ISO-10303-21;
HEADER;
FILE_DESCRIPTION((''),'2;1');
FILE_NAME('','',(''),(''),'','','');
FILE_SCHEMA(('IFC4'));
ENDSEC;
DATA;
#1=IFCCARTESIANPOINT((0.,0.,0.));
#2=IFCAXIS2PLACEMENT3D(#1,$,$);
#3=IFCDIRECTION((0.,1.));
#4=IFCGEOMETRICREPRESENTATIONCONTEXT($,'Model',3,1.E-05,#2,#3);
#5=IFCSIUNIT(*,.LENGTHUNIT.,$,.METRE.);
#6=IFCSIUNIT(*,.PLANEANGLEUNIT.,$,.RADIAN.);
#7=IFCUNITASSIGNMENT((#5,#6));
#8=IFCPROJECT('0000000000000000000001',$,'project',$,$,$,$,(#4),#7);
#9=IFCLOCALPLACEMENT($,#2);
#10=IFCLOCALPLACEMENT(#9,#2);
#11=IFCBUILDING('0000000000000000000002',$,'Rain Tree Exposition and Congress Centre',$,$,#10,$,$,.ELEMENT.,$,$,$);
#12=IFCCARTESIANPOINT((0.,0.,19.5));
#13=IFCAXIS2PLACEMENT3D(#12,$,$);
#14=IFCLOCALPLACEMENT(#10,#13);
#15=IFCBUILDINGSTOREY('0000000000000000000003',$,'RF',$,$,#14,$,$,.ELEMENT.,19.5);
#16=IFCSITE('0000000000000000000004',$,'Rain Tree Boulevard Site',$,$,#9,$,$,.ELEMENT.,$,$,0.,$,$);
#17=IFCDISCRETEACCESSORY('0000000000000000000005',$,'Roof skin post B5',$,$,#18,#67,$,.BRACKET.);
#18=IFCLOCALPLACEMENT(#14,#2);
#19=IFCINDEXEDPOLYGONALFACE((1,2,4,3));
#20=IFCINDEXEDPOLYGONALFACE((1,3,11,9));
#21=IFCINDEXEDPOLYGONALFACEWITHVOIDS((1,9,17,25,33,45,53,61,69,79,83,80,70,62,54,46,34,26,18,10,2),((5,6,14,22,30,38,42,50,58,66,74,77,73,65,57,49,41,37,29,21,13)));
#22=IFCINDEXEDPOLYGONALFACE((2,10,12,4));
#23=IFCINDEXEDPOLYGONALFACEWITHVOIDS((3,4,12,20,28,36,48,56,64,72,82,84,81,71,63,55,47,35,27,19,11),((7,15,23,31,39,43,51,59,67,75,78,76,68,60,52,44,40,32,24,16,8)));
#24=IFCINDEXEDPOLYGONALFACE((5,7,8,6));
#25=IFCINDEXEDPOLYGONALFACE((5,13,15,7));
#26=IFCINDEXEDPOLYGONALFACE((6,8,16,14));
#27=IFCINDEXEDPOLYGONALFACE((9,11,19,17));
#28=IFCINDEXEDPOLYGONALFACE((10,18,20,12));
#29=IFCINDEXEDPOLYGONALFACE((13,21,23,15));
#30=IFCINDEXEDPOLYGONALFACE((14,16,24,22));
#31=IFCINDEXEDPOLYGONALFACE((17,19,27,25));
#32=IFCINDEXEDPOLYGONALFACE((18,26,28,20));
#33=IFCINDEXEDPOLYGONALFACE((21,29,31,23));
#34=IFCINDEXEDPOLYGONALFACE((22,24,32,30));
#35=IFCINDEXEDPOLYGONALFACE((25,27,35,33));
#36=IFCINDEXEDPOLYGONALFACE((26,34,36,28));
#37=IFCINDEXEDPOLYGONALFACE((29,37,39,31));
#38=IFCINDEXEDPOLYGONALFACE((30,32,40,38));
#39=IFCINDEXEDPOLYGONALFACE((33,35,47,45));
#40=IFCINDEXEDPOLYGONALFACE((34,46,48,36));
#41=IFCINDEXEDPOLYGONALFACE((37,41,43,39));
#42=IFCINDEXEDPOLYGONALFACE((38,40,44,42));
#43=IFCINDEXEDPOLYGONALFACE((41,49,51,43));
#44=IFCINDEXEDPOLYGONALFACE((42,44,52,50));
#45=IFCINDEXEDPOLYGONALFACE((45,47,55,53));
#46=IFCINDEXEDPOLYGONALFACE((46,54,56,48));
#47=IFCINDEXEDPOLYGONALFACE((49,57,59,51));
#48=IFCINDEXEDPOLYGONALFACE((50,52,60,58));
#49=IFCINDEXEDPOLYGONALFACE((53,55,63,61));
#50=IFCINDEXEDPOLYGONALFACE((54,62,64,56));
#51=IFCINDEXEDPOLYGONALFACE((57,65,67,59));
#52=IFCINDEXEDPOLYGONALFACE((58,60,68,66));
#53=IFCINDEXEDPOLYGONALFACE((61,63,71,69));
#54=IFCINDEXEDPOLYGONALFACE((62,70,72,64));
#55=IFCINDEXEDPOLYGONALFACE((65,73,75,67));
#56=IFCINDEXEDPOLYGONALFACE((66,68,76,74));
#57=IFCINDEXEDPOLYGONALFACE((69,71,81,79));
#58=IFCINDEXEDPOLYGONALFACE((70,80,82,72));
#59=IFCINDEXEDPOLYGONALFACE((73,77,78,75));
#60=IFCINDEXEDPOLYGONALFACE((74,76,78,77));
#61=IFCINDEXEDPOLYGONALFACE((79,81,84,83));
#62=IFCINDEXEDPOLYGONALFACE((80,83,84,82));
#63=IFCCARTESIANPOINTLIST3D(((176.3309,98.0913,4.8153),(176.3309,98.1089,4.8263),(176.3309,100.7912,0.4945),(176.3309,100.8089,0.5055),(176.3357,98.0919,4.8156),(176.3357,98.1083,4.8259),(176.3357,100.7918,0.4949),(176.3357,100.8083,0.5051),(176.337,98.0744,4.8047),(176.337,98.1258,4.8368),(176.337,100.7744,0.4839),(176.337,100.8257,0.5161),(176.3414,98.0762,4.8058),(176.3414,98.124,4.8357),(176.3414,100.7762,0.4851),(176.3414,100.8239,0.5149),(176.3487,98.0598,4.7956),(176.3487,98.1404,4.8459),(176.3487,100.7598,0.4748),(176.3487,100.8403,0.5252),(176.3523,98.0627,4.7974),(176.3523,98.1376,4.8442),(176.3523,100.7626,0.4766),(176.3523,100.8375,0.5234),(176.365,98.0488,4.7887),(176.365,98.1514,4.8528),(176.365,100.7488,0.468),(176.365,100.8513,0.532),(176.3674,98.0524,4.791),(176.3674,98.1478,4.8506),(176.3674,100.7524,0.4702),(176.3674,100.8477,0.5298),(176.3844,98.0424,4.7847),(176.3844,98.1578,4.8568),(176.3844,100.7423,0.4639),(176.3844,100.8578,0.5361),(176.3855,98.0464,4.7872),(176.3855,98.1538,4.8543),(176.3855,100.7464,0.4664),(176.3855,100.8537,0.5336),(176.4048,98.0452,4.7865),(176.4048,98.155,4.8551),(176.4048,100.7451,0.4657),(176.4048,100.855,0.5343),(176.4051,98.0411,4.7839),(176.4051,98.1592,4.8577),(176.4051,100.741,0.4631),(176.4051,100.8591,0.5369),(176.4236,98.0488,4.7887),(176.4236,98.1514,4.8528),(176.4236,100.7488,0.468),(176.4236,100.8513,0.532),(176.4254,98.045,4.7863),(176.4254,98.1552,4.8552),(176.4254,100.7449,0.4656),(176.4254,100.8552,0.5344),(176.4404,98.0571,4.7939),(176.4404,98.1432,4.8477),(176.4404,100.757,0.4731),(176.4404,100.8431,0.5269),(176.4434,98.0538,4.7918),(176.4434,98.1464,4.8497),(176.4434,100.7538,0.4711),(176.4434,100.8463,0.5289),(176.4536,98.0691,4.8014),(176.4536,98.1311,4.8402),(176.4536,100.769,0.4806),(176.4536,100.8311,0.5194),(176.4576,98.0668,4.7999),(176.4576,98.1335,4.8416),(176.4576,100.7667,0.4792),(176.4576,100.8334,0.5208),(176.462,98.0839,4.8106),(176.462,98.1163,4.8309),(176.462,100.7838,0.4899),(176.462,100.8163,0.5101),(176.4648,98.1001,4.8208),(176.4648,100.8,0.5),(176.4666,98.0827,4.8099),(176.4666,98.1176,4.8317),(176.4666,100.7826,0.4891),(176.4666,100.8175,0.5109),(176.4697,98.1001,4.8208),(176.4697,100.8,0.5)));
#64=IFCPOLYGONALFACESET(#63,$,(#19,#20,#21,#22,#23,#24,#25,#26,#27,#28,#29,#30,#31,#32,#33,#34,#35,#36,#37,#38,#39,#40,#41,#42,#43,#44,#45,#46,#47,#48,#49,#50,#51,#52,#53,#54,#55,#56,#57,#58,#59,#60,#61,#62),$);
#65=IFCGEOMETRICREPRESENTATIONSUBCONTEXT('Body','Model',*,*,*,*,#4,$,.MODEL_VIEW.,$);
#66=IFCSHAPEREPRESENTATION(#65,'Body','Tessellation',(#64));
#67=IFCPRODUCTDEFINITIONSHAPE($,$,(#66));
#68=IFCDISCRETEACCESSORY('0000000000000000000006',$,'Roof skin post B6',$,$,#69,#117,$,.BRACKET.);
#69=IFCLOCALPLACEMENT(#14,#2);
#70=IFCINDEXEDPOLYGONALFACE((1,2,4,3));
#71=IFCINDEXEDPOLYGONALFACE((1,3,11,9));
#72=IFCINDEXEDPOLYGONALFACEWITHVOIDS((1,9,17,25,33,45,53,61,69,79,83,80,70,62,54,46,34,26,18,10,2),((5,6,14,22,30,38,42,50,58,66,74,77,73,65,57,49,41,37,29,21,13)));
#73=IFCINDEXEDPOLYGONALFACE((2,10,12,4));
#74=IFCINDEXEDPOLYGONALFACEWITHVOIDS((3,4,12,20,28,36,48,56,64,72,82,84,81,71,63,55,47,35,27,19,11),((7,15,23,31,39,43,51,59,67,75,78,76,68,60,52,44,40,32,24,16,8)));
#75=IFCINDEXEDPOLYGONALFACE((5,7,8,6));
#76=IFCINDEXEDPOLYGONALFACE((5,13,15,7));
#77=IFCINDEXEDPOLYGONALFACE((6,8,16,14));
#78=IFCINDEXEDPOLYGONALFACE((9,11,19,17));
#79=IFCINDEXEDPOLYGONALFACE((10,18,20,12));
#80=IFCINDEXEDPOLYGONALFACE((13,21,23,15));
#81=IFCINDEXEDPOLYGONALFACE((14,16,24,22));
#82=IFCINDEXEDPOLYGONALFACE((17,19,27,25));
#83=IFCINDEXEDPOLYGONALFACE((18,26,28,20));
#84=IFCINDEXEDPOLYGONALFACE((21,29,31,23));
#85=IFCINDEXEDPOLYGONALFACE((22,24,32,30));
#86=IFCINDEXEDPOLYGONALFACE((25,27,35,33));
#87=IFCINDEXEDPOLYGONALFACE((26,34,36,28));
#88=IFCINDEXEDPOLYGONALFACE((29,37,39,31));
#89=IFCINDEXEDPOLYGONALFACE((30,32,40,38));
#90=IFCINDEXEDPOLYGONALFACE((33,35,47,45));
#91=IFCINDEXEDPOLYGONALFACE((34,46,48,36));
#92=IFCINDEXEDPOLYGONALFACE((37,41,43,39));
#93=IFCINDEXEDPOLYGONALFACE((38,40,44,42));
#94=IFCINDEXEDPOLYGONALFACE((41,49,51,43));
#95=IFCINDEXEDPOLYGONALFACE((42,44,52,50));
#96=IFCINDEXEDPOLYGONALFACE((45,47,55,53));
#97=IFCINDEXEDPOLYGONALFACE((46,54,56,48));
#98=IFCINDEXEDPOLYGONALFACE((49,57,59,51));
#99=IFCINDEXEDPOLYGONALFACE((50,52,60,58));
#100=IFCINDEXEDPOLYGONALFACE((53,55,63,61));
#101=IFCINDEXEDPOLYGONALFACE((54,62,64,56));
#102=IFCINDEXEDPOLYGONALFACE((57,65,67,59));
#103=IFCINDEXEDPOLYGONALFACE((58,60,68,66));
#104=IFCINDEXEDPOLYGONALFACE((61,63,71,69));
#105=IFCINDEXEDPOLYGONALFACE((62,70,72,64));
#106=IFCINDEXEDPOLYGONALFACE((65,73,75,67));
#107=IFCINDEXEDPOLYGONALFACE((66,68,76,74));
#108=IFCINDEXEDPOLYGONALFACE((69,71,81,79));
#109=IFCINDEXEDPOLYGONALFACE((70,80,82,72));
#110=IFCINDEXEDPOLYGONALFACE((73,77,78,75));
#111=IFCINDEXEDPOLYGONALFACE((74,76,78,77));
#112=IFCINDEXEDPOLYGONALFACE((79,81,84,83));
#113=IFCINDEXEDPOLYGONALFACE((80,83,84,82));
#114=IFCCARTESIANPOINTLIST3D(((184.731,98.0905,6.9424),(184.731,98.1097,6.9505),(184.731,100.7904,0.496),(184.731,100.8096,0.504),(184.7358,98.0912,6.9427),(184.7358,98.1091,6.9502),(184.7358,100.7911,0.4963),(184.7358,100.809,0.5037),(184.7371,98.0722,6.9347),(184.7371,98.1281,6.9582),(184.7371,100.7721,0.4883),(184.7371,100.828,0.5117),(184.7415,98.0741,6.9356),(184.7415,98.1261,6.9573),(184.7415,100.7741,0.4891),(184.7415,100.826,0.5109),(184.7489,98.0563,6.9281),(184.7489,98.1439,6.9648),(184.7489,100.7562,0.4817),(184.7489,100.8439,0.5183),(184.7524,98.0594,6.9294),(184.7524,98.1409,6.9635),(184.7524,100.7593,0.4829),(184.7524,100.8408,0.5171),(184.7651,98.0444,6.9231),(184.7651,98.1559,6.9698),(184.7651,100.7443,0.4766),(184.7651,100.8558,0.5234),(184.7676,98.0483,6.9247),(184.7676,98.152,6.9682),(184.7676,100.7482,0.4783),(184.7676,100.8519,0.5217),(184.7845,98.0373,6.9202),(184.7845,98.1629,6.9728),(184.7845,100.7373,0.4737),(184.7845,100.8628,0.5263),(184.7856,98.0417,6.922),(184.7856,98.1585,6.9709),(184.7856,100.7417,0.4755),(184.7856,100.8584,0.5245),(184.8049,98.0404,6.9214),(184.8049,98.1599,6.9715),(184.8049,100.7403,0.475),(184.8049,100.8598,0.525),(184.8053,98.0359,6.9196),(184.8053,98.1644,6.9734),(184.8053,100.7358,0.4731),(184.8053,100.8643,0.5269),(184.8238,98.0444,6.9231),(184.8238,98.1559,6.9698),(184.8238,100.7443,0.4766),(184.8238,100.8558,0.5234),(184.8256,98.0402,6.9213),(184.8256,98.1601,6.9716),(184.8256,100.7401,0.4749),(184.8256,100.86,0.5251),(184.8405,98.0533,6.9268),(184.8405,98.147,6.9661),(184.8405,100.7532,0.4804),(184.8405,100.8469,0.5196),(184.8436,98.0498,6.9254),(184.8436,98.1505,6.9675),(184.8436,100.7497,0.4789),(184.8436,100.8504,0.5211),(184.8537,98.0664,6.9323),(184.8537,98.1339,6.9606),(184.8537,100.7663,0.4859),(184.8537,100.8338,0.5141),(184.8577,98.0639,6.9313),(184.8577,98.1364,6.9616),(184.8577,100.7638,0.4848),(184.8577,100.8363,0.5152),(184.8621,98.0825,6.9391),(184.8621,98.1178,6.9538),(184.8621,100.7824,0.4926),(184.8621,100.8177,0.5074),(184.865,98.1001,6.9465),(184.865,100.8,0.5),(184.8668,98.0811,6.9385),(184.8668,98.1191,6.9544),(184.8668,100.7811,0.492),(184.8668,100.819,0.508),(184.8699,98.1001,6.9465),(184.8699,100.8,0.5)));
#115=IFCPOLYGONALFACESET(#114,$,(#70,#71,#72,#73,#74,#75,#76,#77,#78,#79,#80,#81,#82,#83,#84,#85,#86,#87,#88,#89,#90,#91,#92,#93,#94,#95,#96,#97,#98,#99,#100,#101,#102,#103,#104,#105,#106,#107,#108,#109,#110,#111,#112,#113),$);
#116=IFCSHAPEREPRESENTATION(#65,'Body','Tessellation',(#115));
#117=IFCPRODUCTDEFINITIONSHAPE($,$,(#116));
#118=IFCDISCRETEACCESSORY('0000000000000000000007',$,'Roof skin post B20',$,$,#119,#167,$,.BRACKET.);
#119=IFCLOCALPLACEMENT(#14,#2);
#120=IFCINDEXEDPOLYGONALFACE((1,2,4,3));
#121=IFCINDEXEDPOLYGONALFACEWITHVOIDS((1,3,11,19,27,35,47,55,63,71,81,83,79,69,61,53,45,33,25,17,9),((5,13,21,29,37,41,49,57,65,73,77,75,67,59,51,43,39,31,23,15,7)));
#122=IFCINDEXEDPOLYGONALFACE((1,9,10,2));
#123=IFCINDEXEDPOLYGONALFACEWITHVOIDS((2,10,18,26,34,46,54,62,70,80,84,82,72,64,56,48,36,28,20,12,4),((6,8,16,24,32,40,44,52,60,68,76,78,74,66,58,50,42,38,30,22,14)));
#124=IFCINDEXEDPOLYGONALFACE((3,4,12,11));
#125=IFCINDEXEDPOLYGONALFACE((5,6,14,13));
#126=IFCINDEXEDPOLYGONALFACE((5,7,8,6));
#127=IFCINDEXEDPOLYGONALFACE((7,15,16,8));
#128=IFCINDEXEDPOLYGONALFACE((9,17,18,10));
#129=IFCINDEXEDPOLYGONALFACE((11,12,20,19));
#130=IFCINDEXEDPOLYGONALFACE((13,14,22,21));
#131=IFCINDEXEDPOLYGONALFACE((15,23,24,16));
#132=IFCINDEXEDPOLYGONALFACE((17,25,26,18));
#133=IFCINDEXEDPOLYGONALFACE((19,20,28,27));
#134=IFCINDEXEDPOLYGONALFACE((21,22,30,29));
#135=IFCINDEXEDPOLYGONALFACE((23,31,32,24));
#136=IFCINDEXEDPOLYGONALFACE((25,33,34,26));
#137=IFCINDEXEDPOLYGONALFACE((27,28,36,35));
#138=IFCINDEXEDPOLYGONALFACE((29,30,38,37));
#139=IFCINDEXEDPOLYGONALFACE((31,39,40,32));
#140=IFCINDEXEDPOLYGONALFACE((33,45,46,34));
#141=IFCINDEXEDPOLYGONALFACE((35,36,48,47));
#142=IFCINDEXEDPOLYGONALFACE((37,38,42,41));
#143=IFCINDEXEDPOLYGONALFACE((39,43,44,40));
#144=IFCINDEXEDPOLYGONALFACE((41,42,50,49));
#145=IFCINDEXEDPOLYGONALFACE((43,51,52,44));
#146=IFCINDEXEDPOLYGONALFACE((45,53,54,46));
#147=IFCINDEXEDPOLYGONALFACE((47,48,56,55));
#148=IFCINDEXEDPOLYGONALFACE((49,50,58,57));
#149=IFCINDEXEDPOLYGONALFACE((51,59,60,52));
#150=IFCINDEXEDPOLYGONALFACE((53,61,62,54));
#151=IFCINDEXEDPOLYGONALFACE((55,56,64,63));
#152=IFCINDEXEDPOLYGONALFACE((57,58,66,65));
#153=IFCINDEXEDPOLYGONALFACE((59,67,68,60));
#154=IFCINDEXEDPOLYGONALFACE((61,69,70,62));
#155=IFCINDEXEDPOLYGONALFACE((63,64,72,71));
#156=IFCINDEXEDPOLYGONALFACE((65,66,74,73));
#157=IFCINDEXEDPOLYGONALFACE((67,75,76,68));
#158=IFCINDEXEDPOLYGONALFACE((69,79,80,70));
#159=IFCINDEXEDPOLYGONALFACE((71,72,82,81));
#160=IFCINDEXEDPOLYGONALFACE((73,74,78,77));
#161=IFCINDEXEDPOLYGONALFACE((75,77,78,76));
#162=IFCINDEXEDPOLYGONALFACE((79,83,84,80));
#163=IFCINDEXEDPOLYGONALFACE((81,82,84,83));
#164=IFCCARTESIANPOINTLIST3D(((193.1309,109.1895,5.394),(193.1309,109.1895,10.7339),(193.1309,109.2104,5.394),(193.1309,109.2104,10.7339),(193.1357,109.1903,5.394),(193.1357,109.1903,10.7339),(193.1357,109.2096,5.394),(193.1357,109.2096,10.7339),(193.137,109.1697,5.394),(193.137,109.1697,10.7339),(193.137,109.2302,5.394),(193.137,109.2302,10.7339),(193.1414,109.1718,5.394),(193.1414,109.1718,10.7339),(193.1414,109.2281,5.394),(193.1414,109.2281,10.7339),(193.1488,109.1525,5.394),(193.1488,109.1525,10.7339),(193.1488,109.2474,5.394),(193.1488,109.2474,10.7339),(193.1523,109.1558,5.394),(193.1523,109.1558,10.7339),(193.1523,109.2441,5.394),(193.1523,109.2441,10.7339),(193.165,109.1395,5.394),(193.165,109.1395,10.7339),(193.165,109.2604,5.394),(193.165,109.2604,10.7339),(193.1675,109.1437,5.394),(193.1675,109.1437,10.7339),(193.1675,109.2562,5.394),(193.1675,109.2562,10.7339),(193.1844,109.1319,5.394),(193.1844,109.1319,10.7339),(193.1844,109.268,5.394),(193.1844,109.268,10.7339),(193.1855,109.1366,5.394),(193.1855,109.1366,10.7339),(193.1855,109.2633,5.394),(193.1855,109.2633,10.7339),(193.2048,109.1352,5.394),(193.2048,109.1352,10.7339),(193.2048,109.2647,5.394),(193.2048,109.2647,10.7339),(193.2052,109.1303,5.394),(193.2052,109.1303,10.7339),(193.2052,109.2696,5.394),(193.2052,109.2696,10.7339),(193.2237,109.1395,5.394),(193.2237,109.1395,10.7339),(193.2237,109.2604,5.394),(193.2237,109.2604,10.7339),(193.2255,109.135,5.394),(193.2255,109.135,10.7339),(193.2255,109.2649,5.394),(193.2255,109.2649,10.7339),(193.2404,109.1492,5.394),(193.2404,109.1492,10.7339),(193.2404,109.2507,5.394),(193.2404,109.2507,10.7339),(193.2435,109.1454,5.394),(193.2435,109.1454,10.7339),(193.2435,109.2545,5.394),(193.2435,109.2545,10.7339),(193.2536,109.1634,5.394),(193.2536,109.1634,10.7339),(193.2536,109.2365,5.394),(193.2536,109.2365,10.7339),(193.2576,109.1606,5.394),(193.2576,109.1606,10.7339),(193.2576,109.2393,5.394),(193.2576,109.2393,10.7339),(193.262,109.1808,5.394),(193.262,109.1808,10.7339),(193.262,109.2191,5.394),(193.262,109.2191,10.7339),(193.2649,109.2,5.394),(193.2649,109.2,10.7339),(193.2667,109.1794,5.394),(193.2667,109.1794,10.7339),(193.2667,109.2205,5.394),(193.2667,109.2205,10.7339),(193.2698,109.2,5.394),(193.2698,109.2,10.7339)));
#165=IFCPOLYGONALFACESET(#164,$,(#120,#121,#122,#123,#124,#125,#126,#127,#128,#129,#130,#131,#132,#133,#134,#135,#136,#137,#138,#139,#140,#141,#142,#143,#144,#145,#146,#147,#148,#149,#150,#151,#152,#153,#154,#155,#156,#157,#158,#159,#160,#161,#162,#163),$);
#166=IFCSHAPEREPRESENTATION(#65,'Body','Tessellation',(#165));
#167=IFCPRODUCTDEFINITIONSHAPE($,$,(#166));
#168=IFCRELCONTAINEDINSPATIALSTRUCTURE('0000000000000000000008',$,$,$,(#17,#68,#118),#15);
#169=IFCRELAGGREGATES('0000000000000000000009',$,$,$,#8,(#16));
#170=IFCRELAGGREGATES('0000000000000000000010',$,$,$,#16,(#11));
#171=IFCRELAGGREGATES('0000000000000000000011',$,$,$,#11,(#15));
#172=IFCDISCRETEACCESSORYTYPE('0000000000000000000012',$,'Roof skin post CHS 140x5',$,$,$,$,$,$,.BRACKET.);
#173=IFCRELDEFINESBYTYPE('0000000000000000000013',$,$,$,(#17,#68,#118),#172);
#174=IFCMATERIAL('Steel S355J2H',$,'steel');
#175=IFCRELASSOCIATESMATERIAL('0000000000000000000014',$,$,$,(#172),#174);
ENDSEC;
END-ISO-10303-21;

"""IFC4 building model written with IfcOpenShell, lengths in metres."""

from ifc_helpers import new_model, si_unit, direction, frame, origin, origin_2d, place, context, subcontext, project, spatial, hollow_circle, extrude, material, material_profile, profile_set, type_object, element, save


model = new_model("IFC4")

# Units and contexts
model_context = context("Model", 3, precision=1e-05, world=origin(), true_north=direction((0.0, 1.0)))
body_context = subcontext(model_context, "Body", "Model", "MODEL_VIEW")
ifc_project = project(units=[si_unit("LENGTHUNIT", "METRE"), si_unit("PLANEANGLEUNIT", "RADIAN")], contexts=[model_context])

# Site, building, storey
site_placement = place(None, origin())
site = spatial("IfcSite", under=ifc_project, at=site_placement, Name="Rain Tree Boulevard Site", CompositionType="ELEMENT", RefElevation=0.0)
building_placement = place(site_placement, origin())
building = spatial("IfcBuilding", under=site, at=building_placement, Name="Rain Tree Exposition and Congress Centre", CompositionType="ELEMENT")
storey_placement = place(building_placement, frame((0.0, 0.0, 19.5)))
storey = spatial("IfcBuildingStorey", under=building, at=storey_placement, Name="RF", CompositionType="ELEMENT", Elevation=19.5)

# Discrete accessories
ifc_material_1 = material(Name="Steel S355J2H", Category="steel")
ifc_material_profile_1 = material_profile(ifc_material_1, hollow_circle(Radius=0.0698, WallThickness=0.0049, at=origin_2d()), Name="CHS 140x5")
ifc_profile_set_1 = profile_set([ifc_material_profile_1], Name="Steel S355J2H")
discrete_accessory_type_1 = type_object("IfcDiscreteAccessoryType", Name="Roof skin post CHS 140x5", PredefinedType="BRACKET", material=ifc_profile_set_1)
discrete_accessory_1_placement = place(storey_placement, frame((176.3999, 100.8, 0.5), z_axis=(0.0, -0.529921, 0.848047), x_axis=(1.0, 0.0, 0.0)))
element("IfcDiscreteAccessory", 1, at=discrete_accessory_1_placement, inside=storey, type_object=discrete_accessory_type_1, Name="Roof skin post B5", PredefinedType="BRACKET", context=body_context, shape_type="SweptSolid", body=[
    extrude(hollow_circle(Radius=0.0698, WallThickness=0.0049, at=origin_2d()), origin(), (0.0, 0.0, 1.0), 5.095),
])
discrete_accessory_2_placement = place(storey_placement, frame((184.8, 100.8, 0.5), z_axis=(0.0, -0.386309, 0.92237), x_axis=(1.0, 0.0, 0.0)))
element("IfcDiscreteAccessory", 2, at=discrete_accessory_2_placement, inside=storey, type_object=discrete_accessory_type_1, Name="Roof skin post B6", PredefinedType="BRACKET", context=body_context, shape_type="SweptSolid", body=[
    extrude(hollow_circle(Radius=0.0698, WallThickness=0.0049, at=origin_2d()), origin(), (0.0, 0.0, 1.0), 6.989),
])
discrete_accessory_3_placement = place(storey_placement, frame((193.2, 109.2, 5.394), z_axis=(0.0, 0.0, 1.0), x_axis=(1.0, 0.0, 0.0)))
element("IfcDiscreteAccessory", 3, at=discrete_accessory_3_placement, inside=storey, type_object=discrete_accessory_type_1, Name="Roof skin post B20", PredefinedType="BRACKET", context=body_context, shape_type="SweptSolid", body=[
    extrude(hollow_circle(Radius=0.0698, WallThickness=0.0049, at=origin_2d()), origin(), (0.0, 0.0, 1.0), 5.3398),
])

save(model, "model.ifc")
